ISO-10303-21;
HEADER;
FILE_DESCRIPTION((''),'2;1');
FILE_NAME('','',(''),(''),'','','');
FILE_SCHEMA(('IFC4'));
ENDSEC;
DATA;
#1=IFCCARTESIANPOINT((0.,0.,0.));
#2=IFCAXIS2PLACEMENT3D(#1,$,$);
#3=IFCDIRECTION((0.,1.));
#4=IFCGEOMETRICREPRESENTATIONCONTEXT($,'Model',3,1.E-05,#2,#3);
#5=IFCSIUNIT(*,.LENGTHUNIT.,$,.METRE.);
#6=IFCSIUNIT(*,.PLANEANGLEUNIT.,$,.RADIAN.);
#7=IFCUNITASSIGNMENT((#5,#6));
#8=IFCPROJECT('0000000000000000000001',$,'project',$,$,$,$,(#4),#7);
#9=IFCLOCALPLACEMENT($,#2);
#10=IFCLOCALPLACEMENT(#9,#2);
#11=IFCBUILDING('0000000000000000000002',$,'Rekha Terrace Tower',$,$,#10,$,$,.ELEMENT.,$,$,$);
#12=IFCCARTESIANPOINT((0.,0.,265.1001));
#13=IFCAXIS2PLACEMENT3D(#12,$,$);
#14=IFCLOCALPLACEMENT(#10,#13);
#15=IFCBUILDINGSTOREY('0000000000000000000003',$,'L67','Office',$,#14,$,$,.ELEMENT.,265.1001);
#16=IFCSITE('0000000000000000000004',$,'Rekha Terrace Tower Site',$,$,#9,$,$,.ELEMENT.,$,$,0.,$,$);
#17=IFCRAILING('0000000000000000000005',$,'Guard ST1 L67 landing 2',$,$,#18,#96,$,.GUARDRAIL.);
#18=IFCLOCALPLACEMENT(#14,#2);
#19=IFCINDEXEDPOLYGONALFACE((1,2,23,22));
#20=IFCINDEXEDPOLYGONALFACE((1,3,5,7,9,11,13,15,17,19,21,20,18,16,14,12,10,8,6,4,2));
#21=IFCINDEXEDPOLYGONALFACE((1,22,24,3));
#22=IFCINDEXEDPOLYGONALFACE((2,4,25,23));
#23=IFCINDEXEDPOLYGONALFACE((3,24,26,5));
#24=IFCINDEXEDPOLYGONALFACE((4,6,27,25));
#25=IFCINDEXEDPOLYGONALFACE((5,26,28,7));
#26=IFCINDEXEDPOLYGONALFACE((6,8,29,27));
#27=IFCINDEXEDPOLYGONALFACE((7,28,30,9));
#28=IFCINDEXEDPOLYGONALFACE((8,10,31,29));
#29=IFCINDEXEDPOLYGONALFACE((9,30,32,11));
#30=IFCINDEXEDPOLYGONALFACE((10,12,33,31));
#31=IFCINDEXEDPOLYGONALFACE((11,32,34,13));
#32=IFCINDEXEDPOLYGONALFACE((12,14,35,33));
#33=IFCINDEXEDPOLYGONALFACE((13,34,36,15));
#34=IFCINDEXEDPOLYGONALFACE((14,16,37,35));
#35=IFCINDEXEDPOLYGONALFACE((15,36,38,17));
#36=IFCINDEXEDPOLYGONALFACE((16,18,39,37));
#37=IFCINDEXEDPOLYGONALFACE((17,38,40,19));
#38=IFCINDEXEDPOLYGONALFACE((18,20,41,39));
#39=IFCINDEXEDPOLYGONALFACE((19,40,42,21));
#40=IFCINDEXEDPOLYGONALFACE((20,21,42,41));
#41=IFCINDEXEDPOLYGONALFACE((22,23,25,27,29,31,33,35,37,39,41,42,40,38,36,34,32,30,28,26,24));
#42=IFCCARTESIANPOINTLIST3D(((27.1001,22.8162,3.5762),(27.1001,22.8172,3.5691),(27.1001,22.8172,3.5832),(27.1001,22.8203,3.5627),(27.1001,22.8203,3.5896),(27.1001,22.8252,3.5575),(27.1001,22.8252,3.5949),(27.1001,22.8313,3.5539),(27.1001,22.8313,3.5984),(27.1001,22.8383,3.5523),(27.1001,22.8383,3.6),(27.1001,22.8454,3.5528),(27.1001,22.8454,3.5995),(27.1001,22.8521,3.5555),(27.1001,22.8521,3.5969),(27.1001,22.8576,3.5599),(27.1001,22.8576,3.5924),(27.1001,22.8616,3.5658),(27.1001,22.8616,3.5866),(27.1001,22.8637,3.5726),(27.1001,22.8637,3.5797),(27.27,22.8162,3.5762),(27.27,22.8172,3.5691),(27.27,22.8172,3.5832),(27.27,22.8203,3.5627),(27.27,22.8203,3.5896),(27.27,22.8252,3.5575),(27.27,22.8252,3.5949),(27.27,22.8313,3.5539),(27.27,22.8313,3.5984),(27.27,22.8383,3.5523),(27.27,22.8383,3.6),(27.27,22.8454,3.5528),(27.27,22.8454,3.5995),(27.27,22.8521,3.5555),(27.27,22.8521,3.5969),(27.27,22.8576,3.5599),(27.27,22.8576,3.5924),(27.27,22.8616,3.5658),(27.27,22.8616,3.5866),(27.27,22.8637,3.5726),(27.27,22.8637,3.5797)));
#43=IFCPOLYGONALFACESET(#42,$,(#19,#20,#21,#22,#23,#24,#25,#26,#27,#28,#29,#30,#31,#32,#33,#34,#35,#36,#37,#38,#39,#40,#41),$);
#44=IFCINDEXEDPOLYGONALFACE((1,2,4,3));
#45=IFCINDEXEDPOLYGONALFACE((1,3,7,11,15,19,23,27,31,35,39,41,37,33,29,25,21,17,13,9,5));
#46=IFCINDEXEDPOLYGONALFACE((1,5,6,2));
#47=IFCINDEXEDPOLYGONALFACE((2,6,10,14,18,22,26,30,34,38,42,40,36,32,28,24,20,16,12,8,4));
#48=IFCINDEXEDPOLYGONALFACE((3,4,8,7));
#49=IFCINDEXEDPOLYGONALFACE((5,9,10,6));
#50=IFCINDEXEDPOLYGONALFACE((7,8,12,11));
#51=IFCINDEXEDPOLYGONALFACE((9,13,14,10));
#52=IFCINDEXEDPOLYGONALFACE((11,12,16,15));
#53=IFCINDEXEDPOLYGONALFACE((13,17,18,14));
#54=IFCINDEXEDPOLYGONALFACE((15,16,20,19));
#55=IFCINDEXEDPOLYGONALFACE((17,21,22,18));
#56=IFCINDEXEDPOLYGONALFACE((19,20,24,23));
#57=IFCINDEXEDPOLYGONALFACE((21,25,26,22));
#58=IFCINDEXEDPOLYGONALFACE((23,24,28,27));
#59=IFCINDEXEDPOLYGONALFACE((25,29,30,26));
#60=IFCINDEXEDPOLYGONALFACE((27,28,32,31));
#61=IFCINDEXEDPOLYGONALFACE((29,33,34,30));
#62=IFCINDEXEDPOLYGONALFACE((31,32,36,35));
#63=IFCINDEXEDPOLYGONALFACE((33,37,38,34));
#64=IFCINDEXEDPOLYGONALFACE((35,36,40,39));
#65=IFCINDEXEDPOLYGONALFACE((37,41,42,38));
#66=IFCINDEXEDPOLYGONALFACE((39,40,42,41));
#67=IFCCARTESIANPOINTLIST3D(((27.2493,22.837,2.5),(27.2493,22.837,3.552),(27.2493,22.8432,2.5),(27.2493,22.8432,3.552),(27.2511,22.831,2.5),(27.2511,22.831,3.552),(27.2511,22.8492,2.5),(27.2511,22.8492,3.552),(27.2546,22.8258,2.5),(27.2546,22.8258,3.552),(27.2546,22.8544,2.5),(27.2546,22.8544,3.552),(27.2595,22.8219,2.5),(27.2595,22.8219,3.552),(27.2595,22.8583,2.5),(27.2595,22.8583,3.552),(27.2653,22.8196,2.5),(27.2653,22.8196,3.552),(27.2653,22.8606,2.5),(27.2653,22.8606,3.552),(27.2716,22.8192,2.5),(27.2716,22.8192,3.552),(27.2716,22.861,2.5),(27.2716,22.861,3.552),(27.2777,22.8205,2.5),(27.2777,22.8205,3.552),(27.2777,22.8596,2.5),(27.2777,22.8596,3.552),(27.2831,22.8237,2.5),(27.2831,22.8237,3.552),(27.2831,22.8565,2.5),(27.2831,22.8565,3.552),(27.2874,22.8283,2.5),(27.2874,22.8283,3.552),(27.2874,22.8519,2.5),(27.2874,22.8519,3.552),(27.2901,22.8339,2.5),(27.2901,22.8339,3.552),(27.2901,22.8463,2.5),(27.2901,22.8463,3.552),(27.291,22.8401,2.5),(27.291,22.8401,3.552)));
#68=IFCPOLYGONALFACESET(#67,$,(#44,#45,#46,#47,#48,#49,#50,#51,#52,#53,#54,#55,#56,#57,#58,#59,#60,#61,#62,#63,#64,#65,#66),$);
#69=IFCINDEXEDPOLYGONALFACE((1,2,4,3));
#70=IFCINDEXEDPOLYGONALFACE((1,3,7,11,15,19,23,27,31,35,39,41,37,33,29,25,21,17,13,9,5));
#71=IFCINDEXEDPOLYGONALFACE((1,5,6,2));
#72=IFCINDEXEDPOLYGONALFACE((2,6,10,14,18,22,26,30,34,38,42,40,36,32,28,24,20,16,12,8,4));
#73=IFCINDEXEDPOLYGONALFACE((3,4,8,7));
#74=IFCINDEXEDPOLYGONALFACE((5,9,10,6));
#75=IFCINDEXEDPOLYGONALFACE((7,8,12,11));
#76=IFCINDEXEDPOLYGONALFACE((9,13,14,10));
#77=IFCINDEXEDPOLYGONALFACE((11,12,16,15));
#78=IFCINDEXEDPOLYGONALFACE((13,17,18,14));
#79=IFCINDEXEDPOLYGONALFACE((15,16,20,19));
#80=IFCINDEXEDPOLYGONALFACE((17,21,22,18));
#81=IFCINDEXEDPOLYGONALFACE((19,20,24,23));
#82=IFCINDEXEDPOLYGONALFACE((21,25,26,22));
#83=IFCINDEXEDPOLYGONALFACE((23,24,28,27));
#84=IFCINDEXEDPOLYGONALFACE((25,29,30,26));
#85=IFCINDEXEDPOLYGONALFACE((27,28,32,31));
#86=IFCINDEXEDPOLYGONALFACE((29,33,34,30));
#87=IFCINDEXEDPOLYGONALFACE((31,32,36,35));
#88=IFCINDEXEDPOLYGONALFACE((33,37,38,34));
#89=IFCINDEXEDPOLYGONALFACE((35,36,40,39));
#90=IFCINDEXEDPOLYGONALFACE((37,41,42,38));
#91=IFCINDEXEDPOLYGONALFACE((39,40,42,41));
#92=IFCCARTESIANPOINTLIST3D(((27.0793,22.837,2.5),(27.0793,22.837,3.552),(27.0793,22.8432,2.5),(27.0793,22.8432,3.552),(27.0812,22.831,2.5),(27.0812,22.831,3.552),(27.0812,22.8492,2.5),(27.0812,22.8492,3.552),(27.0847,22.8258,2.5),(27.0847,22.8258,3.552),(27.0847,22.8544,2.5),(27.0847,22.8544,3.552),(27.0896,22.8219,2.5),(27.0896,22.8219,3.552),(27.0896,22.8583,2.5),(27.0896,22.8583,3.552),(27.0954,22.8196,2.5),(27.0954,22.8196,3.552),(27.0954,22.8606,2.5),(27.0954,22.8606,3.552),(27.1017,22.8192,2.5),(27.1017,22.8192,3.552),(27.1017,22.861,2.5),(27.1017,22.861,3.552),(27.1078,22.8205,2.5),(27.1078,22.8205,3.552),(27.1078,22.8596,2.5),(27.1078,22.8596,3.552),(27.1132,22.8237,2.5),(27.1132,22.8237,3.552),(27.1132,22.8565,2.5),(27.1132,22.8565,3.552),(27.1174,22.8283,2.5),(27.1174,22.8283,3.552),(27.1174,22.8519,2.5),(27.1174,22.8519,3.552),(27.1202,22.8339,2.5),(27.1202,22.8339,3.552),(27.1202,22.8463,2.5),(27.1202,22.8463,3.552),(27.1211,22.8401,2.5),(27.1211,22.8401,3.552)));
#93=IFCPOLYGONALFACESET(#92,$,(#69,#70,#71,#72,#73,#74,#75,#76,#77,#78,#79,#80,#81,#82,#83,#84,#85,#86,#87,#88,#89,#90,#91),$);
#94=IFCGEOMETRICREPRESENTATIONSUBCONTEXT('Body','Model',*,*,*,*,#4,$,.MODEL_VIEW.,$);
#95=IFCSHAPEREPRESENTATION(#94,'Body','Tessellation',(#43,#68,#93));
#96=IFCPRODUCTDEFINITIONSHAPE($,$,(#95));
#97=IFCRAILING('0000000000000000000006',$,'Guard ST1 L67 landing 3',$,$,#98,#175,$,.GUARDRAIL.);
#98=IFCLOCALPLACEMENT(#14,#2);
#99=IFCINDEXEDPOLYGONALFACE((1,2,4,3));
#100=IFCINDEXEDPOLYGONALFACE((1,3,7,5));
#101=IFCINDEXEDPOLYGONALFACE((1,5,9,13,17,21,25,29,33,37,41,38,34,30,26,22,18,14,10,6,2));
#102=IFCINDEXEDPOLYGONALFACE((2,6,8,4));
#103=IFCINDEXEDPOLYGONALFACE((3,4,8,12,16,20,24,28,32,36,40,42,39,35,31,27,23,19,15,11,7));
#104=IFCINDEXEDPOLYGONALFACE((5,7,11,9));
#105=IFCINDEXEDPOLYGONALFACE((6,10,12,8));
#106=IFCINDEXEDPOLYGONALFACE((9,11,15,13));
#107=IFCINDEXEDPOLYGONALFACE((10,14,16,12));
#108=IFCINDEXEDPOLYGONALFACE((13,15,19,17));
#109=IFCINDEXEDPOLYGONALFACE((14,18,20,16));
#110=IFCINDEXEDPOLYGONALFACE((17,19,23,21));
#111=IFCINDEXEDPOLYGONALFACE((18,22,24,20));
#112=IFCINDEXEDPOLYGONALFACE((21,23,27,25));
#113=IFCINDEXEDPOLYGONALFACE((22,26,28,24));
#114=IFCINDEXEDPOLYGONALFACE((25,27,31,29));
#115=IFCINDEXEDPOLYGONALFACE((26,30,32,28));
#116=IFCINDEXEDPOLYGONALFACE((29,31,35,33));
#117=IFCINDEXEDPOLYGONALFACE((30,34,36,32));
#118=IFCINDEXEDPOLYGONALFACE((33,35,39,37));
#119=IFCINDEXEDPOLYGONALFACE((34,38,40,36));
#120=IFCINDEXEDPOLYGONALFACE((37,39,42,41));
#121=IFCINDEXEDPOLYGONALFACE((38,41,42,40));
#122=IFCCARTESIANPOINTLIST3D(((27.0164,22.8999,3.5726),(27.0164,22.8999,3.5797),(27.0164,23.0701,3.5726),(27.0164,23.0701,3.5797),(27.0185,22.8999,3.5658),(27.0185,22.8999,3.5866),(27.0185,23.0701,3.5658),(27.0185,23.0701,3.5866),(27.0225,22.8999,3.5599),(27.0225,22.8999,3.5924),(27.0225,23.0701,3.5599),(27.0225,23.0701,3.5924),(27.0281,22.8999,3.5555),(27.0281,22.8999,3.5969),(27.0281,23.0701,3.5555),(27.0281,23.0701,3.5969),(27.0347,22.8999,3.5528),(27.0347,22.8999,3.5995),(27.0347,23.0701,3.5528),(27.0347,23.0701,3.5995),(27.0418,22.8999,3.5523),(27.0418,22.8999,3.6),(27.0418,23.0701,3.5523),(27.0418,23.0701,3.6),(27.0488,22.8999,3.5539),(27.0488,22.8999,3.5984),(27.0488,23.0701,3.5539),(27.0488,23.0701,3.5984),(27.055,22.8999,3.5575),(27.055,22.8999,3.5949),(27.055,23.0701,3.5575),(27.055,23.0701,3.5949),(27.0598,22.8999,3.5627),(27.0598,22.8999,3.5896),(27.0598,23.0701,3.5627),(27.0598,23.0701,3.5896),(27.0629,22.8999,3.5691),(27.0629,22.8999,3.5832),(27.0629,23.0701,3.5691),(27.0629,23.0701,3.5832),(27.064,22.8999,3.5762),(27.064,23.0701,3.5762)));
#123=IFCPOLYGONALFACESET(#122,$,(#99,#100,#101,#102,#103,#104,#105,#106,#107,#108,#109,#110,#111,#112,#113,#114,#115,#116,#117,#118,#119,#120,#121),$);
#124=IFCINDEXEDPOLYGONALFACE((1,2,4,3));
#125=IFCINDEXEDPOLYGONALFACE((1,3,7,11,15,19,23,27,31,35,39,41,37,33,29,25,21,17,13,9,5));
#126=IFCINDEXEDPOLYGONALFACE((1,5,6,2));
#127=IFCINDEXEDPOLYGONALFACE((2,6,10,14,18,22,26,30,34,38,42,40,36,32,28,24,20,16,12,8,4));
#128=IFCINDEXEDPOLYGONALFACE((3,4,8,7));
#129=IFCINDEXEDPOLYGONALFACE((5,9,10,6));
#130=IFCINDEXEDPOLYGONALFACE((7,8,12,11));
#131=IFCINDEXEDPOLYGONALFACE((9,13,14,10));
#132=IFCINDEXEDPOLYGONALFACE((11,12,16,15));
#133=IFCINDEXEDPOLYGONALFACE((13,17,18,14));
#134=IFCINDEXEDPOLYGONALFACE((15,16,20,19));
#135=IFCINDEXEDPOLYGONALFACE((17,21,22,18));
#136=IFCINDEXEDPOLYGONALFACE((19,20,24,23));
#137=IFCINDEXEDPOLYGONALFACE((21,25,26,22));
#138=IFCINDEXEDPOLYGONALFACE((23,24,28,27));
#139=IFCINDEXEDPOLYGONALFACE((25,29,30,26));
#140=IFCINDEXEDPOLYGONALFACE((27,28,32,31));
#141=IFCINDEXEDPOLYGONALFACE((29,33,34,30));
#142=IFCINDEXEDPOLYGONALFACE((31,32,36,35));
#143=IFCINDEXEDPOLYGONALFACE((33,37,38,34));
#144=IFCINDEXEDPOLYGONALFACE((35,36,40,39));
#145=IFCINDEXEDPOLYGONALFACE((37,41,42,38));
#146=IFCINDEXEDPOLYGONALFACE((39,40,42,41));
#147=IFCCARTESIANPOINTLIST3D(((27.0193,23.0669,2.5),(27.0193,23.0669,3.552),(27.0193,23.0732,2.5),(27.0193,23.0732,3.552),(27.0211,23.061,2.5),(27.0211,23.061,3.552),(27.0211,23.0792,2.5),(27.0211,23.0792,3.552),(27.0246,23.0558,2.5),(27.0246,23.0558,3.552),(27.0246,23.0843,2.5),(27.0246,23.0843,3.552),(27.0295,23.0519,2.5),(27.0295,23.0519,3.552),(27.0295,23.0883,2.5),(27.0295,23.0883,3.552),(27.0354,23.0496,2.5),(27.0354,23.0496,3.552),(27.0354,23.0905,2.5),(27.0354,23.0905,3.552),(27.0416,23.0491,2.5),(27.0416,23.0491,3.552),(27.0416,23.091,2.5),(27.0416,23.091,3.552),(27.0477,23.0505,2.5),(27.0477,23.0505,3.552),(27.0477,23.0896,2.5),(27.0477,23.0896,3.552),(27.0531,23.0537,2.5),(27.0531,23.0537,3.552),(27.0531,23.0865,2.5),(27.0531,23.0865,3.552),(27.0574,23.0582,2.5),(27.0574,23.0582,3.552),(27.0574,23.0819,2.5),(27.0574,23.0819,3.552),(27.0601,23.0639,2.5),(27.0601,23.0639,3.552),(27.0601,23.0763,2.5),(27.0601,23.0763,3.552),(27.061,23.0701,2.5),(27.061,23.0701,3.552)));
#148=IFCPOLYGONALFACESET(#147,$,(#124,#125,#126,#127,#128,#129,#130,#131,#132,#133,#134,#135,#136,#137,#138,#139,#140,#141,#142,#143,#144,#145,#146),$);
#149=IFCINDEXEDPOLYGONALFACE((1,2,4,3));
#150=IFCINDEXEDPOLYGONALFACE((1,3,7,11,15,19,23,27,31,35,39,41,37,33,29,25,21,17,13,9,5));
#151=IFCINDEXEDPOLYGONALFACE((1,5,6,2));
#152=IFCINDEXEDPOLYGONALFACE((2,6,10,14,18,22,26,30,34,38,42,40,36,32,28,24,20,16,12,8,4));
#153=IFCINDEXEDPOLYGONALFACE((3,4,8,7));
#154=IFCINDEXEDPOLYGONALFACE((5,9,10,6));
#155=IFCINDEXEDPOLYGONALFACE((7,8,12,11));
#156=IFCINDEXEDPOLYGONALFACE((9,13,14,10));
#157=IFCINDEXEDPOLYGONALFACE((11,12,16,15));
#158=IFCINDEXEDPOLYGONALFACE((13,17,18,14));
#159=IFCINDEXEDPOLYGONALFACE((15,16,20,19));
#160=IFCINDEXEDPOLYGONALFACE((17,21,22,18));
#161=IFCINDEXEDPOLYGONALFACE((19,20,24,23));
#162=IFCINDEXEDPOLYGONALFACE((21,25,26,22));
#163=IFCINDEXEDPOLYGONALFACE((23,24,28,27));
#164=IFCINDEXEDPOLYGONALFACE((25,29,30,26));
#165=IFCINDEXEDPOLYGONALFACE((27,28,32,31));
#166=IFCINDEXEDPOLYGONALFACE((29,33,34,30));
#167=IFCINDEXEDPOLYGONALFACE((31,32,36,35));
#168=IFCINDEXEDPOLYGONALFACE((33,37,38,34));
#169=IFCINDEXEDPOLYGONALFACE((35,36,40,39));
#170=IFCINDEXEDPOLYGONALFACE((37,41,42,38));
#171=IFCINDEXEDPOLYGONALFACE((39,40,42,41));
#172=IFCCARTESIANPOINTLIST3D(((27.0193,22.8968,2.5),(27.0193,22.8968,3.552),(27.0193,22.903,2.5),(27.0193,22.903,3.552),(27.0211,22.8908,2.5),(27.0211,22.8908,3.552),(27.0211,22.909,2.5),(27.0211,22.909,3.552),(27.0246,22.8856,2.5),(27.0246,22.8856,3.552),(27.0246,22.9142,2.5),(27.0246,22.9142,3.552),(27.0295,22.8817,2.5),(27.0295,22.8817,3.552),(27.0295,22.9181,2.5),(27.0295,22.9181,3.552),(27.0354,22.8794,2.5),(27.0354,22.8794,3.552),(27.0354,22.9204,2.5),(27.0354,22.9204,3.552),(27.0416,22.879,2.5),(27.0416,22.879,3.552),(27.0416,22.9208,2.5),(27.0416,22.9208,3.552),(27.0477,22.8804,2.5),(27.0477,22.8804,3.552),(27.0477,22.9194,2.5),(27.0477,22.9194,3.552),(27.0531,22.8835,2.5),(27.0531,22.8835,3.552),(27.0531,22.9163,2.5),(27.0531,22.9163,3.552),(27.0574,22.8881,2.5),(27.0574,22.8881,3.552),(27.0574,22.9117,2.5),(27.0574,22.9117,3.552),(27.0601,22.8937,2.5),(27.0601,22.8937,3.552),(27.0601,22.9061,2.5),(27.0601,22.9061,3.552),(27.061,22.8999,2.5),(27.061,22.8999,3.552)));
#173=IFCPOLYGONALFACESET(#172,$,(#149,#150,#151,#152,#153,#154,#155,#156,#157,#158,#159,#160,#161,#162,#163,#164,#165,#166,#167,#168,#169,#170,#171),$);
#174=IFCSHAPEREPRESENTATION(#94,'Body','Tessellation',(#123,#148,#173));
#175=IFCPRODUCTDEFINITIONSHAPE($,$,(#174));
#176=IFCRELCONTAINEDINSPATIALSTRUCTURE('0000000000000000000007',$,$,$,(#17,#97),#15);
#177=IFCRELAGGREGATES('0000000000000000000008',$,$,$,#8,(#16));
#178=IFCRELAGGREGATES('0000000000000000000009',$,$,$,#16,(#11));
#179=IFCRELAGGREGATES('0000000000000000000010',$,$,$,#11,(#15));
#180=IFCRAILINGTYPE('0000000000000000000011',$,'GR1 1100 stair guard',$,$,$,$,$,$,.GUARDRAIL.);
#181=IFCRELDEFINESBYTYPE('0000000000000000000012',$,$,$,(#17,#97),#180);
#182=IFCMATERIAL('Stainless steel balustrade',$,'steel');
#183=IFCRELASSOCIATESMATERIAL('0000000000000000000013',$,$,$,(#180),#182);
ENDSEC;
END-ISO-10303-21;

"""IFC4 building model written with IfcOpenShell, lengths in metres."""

from ifc_helpers import new_model, si_unit, direction, frame, origin, origin_2d, place, context, subcontext, project, spatial, circle, extrude, material, type_object, element, save


model = new_model("IFC4")

# Units and contexts
model_context = context("Model", 3, precision=1e-05, world=origin(), true_north=direction((0.0, 1.0)))
body_context = subcontext(model_context, "Body", "Model", "MODEL_VIEW")
ifc_project = project(units=[si_unit("LENGTHUNIT", "METRE"), si_unit("PLANEANGLEUNIT", "RADIAN")], contexts=[model_context])

# Site, building, storey
site_placement = place(None, origin())
site = spatial("IfcSite", under=ifc_project, at=site_placement, Name="Rekha Terrace Tower Site", CompositionType="ELEMENT", RefElevation=0.0)
building_placement = place(site_placement, origin())
building = spatial("IfcBuilding", under=site, at=building_placement, Name="Rekha Terrace Tower", CompositionType="ELEMENT")
storey_placement = place(building_placement, frame((0.0, 0.0, 265.1001)))
storey = spatial("IfcBuildingStorey", under=building, at=storey_placement, Name="L67", Description="Office", CompositionType="ELEMENT", Elevation=265.1001)

# Railings
ifc_material_1 = material(Name="Stainless steel balustrade", Category="steel")
railing_type_1 = type_object("IfcRailingType", Name="GR1 1100 stair guard", PredefinedType="GUARDRAIL", material=ifc_material_1)
railing_1_placement = place(storey_placement, frame((27.27, 22.8401, 2.5)))
element("IfcRailing", 1, at=railing_1_placement, inside=storey, type_object=railing_type_1, Name="Guard ST1 L67 landing 2", PredefinedType="GUARDRAIL", context=body_context, shape_type="SweptSolid", body=[
    extrude(circle(Radius=0.0239, at=origin_2d()), frame((0.0, 0.0, 1.0762), z_axis=(-1.0, 0.0, 0.0), x_axis=(0.0, -1.0, 0.0)), (0.0, 0.0, 1.0), 0.1699),
    extrude(circle(Radius=0.021, at=origin_2d()), origin(), (0.0, 0.0, 1.0), 1.052),
    extrude(circle(Radius=0.021, at=origin_2d()), frame((-0.1699, 0.0, 0.0)), (0.0, 0.0, 1.0), 1.052),
])
railing_2_placement = place(storey_placement, frame((27.04, 23.0701, 2.5)))
element("IfcRailing", 2, at=railing_2_placement, inside=storey, type_object=railing_type_1, Name="Guard ST1 L67 landing 3", PredefinedType="GUARDRAIL", context=body_context, shape_type="SweptSolid", body=[
    extrude(circle(Radius=0.0239, at=origin_2d()), frame((0.0, 0.0, 1.0762), z_axis=(0.0, -1.0, 0.0), x_axis=(1.0, 0.0, 0.0)), (0.0, 0.0, 1.0), 0.1702),
    extrude(circle(Radius=0.021, at=origin_2d()), origin(), (0.0, 0.0, 1.0), 1.052),
    extrude(circle(Radius=0.021, at=origin_2d()), frame((0.0, -0.1702, 0.0)), (0.0, 0.0, 1.0), 1.052),
])

save(model, "model.ifc")
